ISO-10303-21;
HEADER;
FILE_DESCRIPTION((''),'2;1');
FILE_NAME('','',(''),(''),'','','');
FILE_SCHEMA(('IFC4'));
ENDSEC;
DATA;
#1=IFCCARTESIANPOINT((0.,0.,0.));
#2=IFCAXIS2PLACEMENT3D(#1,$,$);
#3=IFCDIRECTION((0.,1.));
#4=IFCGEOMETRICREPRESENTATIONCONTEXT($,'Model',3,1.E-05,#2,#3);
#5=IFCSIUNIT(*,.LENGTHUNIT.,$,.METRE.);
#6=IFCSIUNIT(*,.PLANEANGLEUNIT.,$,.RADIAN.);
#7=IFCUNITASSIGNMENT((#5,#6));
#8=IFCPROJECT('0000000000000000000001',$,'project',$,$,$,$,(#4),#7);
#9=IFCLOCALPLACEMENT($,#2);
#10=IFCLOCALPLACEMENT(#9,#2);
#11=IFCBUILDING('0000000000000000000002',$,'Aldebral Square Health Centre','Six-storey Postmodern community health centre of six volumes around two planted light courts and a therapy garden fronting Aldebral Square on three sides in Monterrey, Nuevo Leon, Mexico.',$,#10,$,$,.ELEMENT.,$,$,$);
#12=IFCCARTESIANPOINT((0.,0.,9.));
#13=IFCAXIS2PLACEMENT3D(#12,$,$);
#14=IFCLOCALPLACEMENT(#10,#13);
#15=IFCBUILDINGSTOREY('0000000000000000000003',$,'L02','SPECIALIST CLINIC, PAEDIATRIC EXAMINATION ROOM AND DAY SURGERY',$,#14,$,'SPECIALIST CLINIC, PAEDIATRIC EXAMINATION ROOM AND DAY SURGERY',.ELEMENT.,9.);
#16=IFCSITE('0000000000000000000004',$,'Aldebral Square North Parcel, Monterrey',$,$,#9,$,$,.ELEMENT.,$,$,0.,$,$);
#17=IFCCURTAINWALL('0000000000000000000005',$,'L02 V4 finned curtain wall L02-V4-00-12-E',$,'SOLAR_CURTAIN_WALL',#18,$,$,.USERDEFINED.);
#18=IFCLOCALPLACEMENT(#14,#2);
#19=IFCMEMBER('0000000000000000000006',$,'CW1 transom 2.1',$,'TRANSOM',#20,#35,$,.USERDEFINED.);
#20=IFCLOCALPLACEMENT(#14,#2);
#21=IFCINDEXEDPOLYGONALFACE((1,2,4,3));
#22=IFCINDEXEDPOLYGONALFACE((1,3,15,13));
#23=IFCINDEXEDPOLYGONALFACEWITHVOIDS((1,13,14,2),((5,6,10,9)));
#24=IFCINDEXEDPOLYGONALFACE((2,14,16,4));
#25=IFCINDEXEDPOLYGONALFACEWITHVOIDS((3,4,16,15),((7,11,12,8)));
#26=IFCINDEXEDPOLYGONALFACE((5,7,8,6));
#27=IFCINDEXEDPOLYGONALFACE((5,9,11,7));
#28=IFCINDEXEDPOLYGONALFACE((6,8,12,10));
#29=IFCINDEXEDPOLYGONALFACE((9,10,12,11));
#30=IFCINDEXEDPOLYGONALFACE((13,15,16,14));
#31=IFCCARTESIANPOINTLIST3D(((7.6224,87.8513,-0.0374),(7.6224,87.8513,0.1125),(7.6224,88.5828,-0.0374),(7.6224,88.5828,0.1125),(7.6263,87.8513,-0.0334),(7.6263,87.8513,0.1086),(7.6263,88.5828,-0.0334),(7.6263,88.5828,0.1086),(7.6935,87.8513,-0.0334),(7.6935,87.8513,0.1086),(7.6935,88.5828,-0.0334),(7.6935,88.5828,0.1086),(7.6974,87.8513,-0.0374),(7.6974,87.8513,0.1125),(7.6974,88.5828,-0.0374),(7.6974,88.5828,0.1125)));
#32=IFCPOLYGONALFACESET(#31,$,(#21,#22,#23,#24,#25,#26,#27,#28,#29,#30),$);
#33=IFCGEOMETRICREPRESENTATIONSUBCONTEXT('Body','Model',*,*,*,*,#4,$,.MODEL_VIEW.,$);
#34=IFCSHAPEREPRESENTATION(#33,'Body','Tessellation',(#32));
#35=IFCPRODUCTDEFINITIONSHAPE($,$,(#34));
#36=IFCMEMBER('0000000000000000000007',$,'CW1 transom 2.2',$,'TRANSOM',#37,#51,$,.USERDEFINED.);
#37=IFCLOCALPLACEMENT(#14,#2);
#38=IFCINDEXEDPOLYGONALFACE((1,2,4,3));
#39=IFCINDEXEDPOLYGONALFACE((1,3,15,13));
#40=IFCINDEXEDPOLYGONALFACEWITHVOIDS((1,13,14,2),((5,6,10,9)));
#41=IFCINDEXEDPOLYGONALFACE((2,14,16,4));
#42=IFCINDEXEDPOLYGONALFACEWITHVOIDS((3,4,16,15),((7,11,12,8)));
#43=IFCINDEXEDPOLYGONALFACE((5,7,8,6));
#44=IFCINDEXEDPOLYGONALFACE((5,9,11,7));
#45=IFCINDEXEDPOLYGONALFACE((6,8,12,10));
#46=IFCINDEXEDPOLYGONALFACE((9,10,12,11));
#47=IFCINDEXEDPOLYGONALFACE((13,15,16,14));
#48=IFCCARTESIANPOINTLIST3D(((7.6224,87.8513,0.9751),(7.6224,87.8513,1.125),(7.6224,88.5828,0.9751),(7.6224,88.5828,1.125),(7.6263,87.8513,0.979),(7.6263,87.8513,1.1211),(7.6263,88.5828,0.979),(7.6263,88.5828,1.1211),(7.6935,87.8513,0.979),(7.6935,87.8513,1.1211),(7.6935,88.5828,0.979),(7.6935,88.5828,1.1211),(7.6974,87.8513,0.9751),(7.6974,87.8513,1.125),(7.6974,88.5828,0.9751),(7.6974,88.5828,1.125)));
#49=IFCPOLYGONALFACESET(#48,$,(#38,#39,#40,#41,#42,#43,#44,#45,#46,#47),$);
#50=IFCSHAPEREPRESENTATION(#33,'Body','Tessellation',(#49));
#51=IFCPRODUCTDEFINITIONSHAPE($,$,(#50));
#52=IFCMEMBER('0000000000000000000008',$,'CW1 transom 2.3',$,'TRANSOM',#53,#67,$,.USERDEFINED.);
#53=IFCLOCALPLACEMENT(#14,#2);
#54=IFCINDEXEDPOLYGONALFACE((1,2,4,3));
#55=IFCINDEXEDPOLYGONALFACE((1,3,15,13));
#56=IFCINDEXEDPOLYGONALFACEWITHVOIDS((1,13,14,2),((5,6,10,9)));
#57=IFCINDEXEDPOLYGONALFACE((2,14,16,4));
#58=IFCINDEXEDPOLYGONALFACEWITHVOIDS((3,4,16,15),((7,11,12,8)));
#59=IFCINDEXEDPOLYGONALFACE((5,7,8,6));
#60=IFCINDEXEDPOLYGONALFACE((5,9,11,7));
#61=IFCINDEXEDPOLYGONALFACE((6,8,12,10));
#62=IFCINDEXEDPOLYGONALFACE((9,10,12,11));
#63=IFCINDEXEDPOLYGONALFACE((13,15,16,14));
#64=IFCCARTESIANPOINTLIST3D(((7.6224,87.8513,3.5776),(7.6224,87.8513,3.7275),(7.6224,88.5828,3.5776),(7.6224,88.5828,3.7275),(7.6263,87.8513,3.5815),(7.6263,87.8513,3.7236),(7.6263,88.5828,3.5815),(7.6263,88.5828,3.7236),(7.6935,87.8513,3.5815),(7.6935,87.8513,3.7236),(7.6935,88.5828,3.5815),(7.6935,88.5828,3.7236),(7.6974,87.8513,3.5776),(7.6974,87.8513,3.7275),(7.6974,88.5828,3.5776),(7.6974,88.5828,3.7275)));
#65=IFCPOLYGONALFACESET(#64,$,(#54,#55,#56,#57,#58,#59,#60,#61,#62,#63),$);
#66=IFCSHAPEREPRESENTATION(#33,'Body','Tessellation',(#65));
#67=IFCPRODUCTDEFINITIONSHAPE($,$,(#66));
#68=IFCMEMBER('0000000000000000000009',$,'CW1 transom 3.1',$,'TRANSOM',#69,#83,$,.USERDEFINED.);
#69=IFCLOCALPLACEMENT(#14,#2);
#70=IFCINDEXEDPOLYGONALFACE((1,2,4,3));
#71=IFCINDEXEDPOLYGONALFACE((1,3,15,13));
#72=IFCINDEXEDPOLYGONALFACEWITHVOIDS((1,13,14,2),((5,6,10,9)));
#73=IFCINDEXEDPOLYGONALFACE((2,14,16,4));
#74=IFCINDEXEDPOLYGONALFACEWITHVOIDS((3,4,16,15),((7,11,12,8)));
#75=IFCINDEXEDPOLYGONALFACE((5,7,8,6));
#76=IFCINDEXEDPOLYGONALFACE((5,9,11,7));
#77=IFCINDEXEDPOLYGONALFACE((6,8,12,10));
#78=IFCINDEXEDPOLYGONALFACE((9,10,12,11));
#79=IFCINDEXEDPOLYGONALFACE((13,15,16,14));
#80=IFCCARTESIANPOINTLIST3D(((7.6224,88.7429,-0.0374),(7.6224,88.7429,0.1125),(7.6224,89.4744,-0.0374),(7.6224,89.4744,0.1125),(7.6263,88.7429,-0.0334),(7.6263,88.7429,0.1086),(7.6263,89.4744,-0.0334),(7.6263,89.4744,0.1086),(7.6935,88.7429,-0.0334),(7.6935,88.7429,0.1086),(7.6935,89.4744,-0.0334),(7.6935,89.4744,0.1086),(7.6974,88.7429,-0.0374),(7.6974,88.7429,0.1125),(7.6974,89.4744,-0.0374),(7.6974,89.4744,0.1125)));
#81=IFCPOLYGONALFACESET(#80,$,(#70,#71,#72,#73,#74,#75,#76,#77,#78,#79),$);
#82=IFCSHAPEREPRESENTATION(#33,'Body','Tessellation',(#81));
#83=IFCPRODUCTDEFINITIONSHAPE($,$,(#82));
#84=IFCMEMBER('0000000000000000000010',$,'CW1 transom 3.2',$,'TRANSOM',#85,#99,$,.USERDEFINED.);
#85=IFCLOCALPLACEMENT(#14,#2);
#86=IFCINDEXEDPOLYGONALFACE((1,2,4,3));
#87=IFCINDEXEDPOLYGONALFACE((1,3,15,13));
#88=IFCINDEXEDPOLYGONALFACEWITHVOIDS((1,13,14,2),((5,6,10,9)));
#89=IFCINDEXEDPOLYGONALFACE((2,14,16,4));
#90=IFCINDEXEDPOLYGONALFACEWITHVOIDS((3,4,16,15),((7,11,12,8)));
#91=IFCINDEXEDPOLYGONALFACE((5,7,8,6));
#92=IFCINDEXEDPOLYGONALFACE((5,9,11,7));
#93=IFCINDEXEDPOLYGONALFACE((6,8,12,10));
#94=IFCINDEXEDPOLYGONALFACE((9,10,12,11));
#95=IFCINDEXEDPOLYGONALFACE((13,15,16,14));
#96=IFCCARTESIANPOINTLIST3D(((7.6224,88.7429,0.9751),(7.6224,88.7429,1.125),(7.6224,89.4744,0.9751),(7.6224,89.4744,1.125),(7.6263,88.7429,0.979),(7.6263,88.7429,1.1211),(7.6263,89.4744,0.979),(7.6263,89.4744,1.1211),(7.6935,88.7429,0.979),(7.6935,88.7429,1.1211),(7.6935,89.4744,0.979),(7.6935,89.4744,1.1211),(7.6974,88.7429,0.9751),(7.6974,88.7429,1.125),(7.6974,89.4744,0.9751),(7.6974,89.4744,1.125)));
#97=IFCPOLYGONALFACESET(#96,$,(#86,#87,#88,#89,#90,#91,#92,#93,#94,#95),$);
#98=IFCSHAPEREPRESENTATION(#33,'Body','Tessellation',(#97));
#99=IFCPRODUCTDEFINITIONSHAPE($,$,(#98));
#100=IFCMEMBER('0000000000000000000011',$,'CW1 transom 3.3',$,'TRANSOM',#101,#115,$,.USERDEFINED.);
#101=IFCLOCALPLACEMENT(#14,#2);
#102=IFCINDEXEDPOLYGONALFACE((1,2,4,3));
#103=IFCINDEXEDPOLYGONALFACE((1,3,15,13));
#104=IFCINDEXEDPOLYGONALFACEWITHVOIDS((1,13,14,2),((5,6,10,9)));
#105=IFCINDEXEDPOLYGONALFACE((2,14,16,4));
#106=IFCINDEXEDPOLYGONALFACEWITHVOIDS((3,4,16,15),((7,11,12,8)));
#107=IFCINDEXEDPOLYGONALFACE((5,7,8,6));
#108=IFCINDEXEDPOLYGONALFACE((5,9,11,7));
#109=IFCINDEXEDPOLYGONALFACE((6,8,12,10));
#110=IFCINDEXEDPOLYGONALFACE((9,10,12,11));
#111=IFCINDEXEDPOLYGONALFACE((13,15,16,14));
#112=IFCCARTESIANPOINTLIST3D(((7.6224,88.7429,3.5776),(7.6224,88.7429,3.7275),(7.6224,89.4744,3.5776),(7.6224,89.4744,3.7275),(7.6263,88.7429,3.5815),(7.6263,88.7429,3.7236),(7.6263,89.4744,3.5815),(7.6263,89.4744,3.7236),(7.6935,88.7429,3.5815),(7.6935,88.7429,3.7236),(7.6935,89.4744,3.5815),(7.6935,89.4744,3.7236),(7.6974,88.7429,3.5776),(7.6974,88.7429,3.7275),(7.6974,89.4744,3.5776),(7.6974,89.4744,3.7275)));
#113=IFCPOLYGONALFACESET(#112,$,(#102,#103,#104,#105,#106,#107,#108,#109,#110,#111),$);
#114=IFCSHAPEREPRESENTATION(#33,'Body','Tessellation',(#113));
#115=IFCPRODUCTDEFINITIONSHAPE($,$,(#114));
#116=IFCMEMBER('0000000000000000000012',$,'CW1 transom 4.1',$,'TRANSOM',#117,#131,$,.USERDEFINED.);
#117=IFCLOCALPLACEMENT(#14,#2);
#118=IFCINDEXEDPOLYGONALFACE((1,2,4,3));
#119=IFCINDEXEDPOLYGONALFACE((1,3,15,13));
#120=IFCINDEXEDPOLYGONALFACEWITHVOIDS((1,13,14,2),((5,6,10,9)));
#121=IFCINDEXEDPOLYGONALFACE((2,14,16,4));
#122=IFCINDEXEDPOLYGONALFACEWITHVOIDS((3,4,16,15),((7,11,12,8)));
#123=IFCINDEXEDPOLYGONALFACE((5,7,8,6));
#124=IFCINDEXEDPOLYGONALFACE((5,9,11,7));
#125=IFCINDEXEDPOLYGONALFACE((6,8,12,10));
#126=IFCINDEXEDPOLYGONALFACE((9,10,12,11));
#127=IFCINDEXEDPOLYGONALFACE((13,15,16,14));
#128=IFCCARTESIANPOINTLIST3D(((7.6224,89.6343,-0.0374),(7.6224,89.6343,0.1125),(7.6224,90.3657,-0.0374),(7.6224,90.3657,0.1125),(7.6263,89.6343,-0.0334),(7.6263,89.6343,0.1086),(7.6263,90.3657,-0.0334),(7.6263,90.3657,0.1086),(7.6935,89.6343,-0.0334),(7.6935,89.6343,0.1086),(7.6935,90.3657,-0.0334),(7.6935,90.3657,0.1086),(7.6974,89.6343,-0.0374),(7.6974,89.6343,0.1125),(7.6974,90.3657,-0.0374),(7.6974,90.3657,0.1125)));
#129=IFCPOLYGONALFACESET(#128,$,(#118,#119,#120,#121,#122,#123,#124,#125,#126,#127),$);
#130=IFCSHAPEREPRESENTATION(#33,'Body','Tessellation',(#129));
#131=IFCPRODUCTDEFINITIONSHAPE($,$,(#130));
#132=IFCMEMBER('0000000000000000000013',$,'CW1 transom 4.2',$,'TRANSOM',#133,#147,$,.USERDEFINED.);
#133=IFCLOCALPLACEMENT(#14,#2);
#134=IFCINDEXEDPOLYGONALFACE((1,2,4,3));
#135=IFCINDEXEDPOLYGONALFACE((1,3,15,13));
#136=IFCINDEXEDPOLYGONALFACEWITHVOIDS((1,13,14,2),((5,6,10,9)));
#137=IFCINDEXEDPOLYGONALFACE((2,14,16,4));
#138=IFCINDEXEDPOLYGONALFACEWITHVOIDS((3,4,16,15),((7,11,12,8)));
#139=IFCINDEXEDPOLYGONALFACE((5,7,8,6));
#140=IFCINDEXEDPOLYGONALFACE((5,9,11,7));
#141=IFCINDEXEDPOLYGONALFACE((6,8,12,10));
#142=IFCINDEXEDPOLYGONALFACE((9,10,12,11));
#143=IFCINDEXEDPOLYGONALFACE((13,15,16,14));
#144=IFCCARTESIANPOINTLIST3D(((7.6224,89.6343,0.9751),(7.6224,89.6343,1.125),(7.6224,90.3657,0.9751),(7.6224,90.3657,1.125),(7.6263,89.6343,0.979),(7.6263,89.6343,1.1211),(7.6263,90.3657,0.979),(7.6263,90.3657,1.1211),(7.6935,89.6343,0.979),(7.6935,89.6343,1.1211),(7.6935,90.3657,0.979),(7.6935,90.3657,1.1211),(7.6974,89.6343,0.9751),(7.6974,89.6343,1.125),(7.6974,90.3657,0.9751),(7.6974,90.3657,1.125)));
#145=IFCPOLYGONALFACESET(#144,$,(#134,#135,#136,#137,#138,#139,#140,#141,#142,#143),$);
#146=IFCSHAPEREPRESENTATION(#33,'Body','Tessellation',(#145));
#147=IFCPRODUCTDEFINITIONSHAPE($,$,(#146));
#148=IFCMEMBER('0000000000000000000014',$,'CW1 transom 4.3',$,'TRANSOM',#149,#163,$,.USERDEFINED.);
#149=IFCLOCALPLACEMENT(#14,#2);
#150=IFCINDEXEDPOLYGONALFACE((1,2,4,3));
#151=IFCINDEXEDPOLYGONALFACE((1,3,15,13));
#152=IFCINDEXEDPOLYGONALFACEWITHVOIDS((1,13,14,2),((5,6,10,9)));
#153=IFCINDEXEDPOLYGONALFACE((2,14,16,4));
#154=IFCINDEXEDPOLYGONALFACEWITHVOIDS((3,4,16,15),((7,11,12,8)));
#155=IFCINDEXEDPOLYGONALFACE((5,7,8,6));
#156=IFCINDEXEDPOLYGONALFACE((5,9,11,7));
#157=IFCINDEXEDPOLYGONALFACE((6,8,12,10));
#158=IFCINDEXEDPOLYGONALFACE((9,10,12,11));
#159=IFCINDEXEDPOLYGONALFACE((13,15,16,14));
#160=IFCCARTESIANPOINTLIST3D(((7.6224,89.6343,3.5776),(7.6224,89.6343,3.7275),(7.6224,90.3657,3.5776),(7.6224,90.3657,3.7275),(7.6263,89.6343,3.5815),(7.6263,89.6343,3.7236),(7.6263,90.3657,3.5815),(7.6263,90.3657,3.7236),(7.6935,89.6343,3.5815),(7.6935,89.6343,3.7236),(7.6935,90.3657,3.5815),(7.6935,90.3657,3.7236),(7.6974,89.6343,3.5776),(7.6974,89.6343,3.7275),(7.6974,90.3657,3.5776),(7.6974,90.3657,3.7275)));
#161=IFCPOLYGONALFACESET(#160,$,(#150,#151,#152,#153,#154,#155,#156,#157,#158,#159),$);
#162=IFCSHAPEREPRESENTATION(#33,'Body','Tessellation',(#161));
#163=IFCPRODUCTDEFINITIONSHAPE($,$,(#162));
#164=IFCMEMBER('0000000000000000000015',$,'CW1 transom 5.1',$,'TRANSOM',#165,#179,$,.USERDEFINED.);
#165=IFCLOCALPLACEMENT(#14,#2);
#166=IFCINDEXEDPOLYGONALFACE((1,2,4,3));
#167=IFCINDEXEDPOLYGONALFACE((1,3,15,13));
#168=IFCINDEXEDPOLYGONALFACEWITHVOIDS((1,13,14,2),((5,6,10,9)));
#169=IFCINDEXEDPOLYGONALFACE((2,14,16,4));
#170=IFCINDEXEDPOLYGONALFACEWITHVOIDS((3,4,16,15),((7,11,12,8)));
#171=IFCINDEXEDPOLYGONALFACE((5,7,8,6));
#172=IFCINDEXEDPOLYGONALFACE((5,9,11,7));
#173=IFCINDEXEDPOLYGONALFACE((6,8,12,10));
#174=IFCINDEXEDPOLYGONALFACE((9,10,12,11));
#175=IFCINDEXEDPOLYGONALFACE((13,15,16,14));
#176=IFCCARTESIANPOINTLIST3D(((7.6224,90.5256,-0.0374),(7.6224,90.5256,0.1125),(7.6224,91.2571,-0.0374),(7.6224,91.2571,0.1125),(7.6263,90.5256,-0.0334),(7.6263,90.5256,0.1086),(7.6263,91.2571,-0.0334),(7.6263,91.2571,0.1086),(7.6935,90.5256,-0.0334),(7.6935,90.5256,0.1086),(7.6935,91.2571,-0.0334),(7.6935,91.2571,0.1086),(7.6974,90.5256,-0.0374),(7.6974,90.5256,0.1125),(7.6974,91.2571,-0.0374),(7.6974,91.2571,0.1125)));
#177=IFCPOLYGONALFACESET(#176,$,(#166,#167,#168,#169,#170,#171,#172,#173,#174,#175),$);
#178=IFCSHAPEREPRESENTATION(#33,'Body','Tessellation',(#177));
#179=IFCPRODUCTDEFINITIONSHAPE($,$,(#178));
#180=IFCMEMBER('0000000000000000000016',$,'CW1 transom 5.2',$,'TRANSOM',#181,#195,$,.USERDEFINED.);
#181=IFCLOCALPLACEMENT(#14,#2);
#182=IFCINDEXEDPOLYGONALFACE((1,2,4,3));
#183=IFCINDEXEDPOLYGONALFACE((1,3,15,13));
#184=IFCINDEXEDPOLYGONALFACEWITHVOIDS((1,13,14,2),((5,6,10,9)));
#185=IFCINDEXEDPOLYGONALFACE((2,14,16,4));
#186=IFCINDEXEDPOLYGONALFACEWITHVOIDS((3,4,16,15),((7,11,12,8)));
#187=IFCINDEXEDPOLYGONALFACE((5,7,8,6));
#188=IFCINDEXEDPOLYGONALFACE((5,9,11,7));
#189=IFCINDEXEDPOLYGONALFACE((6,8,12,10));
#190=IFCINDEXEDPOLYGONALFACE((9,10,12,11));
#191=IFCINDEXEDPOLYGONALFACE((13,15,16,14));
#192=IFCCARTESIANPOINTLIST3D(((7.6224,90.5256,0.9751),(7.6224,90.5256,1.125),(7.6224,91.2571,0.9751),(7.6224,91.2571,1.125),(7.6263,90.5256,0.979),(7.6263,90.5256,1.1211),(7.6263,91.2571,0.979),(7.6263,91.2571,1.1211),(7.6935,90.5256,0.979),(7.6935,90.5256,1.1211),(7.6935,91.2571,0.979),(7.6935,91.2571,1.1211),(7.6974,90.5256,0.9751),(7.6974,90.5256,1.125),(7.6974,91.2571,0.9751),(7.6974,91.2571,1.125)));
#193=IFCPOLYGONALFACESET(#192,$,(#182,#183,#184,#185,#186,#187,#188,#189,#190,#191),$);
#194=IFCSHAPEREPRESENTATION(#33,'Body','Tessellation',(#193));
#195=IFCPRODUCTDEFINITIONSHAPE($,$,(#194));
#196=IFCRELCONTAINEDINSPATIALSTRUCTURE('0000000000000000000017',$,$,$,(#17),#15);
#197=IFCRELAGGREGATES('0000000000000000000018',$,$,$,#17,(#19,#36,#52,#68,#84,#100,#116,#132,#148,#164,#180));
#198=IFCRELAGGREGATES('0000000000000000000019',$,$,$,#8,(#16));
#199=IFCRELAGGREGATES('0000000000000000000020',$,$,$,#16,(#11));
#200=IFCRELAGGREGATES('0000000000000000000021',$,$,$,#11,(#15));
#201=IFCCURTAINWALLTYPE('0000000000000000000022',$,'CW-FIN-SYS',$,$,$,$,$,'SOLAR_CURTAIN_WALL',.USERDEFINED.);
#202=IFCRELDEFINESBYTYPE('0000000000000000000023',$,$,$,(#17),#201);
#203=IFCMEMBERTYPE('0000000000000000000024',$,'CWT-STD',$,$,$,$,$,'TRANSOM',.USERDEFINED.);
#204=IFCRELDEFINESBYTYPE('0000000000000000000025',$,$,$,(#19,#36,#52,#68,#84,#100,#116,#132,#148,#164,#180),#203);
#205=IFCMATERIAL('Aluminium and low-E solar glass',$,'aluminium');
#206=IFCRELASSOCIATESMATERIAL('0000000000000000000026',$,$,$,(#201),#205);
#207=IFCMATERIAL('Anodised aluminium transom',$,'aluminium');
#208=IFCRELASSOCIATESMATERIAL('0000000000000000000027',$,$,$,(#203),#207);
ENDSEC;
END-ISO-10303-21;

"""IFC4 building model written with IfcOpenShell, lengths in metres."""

from ifc_helpers import new_model, si_unit, direction, frame, origin, origin_2d, place, context, subcontext, project, spatial, hollow_rectangle, extrude, material, material_profile, profile_set, type_object, element, aggregate, save


model = new_model("IFC4")

# Units and contexts
model_context = context("Model", 3, precision=1e-05, world=origin(), true_north=direction((0.0, 1.0)))
body_context = subcontext(model_context, "Body", "Model", "MODEL_VIEW")
ifc_project = project(units=[si_unit("LENGTHUNIT", "METRE"), si_unit("PLANEANGLEUNIT", "RADIAN")], contexts=[model_context])

# Site, building, storey
site_placement = place(None, origin())
site = spatial("IfcSite", under=ifc_project, at=site_placement, Name="Aldebral Square North Parcel, Monterrey", CompositionType="ELEMENT", RefElevation=0.0)
building_placement = place(site_placement, origin())
building = spatial("IfcBuilding", under=site, at=building_placement, Name="Aldebral Square Health Centre", Description="Six-storey Postmodern community health centre of six volumes around two planted light courts and a therapy garden fronting Aldebral Square on three sides in Monterrey, Nuevo Leon, Mexico.", CompositionType="ELEMENT")
storey_placement = place(building_placement, frame((0.0, 0.0, 9.0)))
storey = spatial("IfcBuildingStorey", under=building, at=storey_placement, Name="L02", Description="SPECIALIST CLINIC, PAEDIATRIC EXAMINATION ROOM AND DAY SURGERY", LongName="SPECIALIST CLINIC, PAEDIATRIC EXAMINATION ROOM AND DAY SURGERY", CompositionType="ELEMENT", Elevation=9.0)

# Shared definitions
ifc_material_1 = material(Name="Aluminium and low-E solar glass", Category="aluminium")
curtain_wall_type = type_object("IfcCurtainWallType", Name="CW-FIN-SYS", ElementType="SOLAR_CURTAIN_WALL", PredefinedType="USERDEFINED", material=ifc_material_1)

# Curtain wall
curtain_wall_1_placement = place(storey_placement, origin())
curtain_wall_1 = element("IfcCurtainWall", 1, at=curtain_wall_1_placement, inside=storey, type_object=curtain_wall_type, Name="L02 V4 finned curtain wall L02-V4-00-12-E", ObjectType="SOLAR_CURTAIN_WALL", PredefinedType="USERDEFINED")

# Members
ifc_material_2 = material(Name="Anodised aluminium transom", Category="aluminium")
ifc_material_profile_1 = material_profile(ifc_material_2, hollow_rectangle(XDim=0.075, YDim=0.1499, WallThickness=0.0039, at=origin_2d()), Name="CWT 75x150x4")
ifc_profile_set_1 = profile_set([ifc_material_profile_1], Name="Anodised aluminium transom")
member_type_1 = type_object("IfcMemberType", Name="CWT-STD", ElementType="TRANSOM", PredefinedType="USERDEFINED", material=ifc_profile_set_1)
member_1_placement = place(storey_placement, frame((7.6599, 87.8513, 0.0376), z_axis=(0.0, 1.0, 0.0), x_axis=(-1.0, 0.0, 0.0)))
member_1 = element("IfcMember", 2, at=member_1_placement, type_object=member_type_1, Name="CW1 transom 2.1", ObjectType="TRANSOM", PredefinedType="USERDEFINED", context=body_context, shape_type="SweptSolid", body=[
    extrude(hollow_rectangle(XDim=0.075, YDim=0.1499, WallThickness=0.0039, at=origin_2d()), origin(), (0.0, 0.0, 1.0), 0.7314),
])
member_2_placement = place(storey_placement, frame((7.6599, 87.8513, 1.05), z_axis=(0.0, 1.0, 0.0), x_axis=(-1.0, 0.0, 0.0)))
member_2 = element("IfcMember", 3, at=member_2_placement, type_object=member_type_1, Name="CW1 transom 2.2", ObjectType="TRANSOM", PredefinedType="USERDEFINED", context=body_context, shape_type="SweptSolid", body=[
    extrude(hollow_rectangle(XDim=0.075, YDim=0.1499, WallThickness=0.0039, at=origin_2d()), origin(), (0.0, 0.0, 1.0), 0.7314),
])
member_3_placement = place(storey_placement, frame((7.6599, 87.8513, 3.6526), z_axis=(0.0, 1.0, 0.0), x_axis=(-1.0, 0.0, 0.0)))
member_3 = element("IfcMember", 4, at=member_3_placement, type_object=member_type_1, Name="CW1 transom 2.3", ObjectType="TRANSOM", PredefinedType="USERDEFINED", context=body_context, shape_type="SweptSolid", body=[
    extrude(hollow_rectangle(XDim=0.075, YDim=0.1499, WallThickness=0.0039, at=origin_2d()), origin(), (0.0, 0.0, 1.0), 0.7314),
])
member_4_placement = place(storey_placement, frame((7.6599, 88.7429, 0.0376), z_axis=(0.0, 1.0, 0.0), x_axis=(-1.0, 0.0, 0.0)))
member_4 = element("IfcMember", 5, at=member_4_placement, type_object=member_type_1, Name="CW1 transom 3.1", ObjectType="TRANSOM", PredefinedType="USERDEFINED", context=body_context, shape_type="SweptSolid", body=[
    extrude(hollow_rectangle(XDim=0.075, YDim=0.1499, WallThickness=0.0039, at=origin_2d()), origin(), (0.0, 0.0, 1.0), 0.7314),
])
member_5_placement = place(storey_placement, frame((7.6599, 88.7429, 1.05), z_axis=(0.0, 1.0, 0.0), x_axis=(-1.0, 0.0, 0.0)))
member_5 = element("IfcMember", 6, at=member_5_placement, type_object=member_type_1, Name="CW1 transom 3.2", ObjectType="TRANSOM", PredefinedType="USERDEFINED", context=body_context, shape_type="SweptSolid", body=[
    extrude(hollow_rectangle(XDim=0.075, YDim=0.1499, WallThickness=0.0039, at=origin_2d()), origin(), (0.0, 0.0, 1.0), 0.7314),
])
member_6_placement = place(storey_placement, frame((7.6599, 88.7429, 3.6526), z_axis=(0.0, 1.0, 0.0), x_axis=(-1.0, 0.0, 0.0)))
member_6 = element("IfcMember", 7, at=member_6_placement, type_object=member_type_1, Name="CW1 transom 3.3", ObjectType="TRANSOM", PredefinedType="USERDEFINED", context=body_context, shape_type="SweptSolid", body=[
    extrude(hollow_rectangle(XDim=0.075, YDim=0.1499, WallThickness=0.0039, at=origin_2d()), origin(), (0.0, 0.0, 1.0), 0.7314),
])
member_7_placement = place(storey_placement, frame((7.6599, 89.6343, 0.0376), z_axis=(0.0, 1.0, 0.0), x_axis=(-1.0, 0.0, 0.0)))
member_7 = element("IfcMember", 8, at=member_7_placement, type_object=member_type_1, Name="CW1 transom 4.1", ObjectType="TRANSOM", PredefinedType="USERDEFINED", context=body_context, shape_type="SweptSolid", body=[
    extrude(hollow_rectangle(XDim=0.075, YDim=0.1499, WallThickness=0.0039, at=origin_2d()), origin(), (0.0, 0.0, 1.0), 0.7314),
])
member_8_placement = place(storey_placement, frame((7.6599, 89.6343, 1.05), z_axis=(0.0, 1.0, 0.0), x_axis=(-1.0, 0.0, 0.0)))
member_8 = element("IfcMember", 9, at=member_8_placement, type_object=member_type_1, Name="CW1 transom 4.2", ObjectType="TRANSOM", PredefinedType="USERDEFINED", context=body_context, shape_type="SweptSolid", body=[
    extrude(hollow_rectangle(XDim=0.075, YDim=0.1499, WallThickness=0.0039, at=origin_2d()), origin(), (0.0, 0.0, 1.0), 0.7314),
])
member_9_placement = place(storey_placement, frame((7.6599, 89.6343, 3.6526), z_axis=(0.0, 1.0, 0.0), x_axis=(-1.0, 0.0, 0.0)))
member_9 = element("IfcMember", 10, at=member_9_placement, type_object=member_type_1, Name="CW1 transom 4.3", ObjectType="TRANSOM", PredefinedType="USERDEFINED", context=body_context, shape_type="SweptSolid", body=[
    extrude(hollow_rectangle(XDim=0.075, YDim=0.1499, WallThickness=0.0039, at=origin_2d()), origin(), (0.0, 0.0, 1.0), 0.7314),
])
member_10_placement = place(storey_placement, frame((7.6599, 90.5256, 0.0376), z_axis=(0.0, 1.0, 0.0), x_axis=(-1.0, 0.0, 0.0)))
member_10 = element("IfcMember", 11, at=member_10_placement, type_object=member_type_1, Name="CW1 transom 5.1", ObjectType="TRANSOM", PredefinedType="USERDEFINED", context=body_context, shape_type="SweptSolid", body=[
    extrude(hollow_rectangle(XDim=0.075, YDim=0.1499, WallThickness=0.0039, at=origin_2d()), origin(), (0.0, 0.0, 1.0), 0.7314),
])
member_11_placement = place(storey_placement, frame((7.6599, 90.5256, 1.05), z_axis=(0.0, 1.0, 0.0), x_axis=(-1.0, 0.0, 0.0)))
member_11 = element("IfcMember", 12, at=member_11_placement, type_object=member_type_1, Name="CW1 transom 5.2", ObjectType="TRANSOM", PredefinedType="USERDEFINED", context=body_context, shape_type="SweptSolid", body=[
    extrude(hollow_rectangle(XDim=0.075, YDim=0.1499, WallThickness=0.0039, at=origin_2d()), origin(), (0.0, 0.0, 1.0), 0.7314),
])

aggregate(curtain_wall_1, [member_1, member_2, member_3, member_4, member_5, member_6, member_7, member_8, member_9, member_10, member_11])

save(model, "model.ifc")
